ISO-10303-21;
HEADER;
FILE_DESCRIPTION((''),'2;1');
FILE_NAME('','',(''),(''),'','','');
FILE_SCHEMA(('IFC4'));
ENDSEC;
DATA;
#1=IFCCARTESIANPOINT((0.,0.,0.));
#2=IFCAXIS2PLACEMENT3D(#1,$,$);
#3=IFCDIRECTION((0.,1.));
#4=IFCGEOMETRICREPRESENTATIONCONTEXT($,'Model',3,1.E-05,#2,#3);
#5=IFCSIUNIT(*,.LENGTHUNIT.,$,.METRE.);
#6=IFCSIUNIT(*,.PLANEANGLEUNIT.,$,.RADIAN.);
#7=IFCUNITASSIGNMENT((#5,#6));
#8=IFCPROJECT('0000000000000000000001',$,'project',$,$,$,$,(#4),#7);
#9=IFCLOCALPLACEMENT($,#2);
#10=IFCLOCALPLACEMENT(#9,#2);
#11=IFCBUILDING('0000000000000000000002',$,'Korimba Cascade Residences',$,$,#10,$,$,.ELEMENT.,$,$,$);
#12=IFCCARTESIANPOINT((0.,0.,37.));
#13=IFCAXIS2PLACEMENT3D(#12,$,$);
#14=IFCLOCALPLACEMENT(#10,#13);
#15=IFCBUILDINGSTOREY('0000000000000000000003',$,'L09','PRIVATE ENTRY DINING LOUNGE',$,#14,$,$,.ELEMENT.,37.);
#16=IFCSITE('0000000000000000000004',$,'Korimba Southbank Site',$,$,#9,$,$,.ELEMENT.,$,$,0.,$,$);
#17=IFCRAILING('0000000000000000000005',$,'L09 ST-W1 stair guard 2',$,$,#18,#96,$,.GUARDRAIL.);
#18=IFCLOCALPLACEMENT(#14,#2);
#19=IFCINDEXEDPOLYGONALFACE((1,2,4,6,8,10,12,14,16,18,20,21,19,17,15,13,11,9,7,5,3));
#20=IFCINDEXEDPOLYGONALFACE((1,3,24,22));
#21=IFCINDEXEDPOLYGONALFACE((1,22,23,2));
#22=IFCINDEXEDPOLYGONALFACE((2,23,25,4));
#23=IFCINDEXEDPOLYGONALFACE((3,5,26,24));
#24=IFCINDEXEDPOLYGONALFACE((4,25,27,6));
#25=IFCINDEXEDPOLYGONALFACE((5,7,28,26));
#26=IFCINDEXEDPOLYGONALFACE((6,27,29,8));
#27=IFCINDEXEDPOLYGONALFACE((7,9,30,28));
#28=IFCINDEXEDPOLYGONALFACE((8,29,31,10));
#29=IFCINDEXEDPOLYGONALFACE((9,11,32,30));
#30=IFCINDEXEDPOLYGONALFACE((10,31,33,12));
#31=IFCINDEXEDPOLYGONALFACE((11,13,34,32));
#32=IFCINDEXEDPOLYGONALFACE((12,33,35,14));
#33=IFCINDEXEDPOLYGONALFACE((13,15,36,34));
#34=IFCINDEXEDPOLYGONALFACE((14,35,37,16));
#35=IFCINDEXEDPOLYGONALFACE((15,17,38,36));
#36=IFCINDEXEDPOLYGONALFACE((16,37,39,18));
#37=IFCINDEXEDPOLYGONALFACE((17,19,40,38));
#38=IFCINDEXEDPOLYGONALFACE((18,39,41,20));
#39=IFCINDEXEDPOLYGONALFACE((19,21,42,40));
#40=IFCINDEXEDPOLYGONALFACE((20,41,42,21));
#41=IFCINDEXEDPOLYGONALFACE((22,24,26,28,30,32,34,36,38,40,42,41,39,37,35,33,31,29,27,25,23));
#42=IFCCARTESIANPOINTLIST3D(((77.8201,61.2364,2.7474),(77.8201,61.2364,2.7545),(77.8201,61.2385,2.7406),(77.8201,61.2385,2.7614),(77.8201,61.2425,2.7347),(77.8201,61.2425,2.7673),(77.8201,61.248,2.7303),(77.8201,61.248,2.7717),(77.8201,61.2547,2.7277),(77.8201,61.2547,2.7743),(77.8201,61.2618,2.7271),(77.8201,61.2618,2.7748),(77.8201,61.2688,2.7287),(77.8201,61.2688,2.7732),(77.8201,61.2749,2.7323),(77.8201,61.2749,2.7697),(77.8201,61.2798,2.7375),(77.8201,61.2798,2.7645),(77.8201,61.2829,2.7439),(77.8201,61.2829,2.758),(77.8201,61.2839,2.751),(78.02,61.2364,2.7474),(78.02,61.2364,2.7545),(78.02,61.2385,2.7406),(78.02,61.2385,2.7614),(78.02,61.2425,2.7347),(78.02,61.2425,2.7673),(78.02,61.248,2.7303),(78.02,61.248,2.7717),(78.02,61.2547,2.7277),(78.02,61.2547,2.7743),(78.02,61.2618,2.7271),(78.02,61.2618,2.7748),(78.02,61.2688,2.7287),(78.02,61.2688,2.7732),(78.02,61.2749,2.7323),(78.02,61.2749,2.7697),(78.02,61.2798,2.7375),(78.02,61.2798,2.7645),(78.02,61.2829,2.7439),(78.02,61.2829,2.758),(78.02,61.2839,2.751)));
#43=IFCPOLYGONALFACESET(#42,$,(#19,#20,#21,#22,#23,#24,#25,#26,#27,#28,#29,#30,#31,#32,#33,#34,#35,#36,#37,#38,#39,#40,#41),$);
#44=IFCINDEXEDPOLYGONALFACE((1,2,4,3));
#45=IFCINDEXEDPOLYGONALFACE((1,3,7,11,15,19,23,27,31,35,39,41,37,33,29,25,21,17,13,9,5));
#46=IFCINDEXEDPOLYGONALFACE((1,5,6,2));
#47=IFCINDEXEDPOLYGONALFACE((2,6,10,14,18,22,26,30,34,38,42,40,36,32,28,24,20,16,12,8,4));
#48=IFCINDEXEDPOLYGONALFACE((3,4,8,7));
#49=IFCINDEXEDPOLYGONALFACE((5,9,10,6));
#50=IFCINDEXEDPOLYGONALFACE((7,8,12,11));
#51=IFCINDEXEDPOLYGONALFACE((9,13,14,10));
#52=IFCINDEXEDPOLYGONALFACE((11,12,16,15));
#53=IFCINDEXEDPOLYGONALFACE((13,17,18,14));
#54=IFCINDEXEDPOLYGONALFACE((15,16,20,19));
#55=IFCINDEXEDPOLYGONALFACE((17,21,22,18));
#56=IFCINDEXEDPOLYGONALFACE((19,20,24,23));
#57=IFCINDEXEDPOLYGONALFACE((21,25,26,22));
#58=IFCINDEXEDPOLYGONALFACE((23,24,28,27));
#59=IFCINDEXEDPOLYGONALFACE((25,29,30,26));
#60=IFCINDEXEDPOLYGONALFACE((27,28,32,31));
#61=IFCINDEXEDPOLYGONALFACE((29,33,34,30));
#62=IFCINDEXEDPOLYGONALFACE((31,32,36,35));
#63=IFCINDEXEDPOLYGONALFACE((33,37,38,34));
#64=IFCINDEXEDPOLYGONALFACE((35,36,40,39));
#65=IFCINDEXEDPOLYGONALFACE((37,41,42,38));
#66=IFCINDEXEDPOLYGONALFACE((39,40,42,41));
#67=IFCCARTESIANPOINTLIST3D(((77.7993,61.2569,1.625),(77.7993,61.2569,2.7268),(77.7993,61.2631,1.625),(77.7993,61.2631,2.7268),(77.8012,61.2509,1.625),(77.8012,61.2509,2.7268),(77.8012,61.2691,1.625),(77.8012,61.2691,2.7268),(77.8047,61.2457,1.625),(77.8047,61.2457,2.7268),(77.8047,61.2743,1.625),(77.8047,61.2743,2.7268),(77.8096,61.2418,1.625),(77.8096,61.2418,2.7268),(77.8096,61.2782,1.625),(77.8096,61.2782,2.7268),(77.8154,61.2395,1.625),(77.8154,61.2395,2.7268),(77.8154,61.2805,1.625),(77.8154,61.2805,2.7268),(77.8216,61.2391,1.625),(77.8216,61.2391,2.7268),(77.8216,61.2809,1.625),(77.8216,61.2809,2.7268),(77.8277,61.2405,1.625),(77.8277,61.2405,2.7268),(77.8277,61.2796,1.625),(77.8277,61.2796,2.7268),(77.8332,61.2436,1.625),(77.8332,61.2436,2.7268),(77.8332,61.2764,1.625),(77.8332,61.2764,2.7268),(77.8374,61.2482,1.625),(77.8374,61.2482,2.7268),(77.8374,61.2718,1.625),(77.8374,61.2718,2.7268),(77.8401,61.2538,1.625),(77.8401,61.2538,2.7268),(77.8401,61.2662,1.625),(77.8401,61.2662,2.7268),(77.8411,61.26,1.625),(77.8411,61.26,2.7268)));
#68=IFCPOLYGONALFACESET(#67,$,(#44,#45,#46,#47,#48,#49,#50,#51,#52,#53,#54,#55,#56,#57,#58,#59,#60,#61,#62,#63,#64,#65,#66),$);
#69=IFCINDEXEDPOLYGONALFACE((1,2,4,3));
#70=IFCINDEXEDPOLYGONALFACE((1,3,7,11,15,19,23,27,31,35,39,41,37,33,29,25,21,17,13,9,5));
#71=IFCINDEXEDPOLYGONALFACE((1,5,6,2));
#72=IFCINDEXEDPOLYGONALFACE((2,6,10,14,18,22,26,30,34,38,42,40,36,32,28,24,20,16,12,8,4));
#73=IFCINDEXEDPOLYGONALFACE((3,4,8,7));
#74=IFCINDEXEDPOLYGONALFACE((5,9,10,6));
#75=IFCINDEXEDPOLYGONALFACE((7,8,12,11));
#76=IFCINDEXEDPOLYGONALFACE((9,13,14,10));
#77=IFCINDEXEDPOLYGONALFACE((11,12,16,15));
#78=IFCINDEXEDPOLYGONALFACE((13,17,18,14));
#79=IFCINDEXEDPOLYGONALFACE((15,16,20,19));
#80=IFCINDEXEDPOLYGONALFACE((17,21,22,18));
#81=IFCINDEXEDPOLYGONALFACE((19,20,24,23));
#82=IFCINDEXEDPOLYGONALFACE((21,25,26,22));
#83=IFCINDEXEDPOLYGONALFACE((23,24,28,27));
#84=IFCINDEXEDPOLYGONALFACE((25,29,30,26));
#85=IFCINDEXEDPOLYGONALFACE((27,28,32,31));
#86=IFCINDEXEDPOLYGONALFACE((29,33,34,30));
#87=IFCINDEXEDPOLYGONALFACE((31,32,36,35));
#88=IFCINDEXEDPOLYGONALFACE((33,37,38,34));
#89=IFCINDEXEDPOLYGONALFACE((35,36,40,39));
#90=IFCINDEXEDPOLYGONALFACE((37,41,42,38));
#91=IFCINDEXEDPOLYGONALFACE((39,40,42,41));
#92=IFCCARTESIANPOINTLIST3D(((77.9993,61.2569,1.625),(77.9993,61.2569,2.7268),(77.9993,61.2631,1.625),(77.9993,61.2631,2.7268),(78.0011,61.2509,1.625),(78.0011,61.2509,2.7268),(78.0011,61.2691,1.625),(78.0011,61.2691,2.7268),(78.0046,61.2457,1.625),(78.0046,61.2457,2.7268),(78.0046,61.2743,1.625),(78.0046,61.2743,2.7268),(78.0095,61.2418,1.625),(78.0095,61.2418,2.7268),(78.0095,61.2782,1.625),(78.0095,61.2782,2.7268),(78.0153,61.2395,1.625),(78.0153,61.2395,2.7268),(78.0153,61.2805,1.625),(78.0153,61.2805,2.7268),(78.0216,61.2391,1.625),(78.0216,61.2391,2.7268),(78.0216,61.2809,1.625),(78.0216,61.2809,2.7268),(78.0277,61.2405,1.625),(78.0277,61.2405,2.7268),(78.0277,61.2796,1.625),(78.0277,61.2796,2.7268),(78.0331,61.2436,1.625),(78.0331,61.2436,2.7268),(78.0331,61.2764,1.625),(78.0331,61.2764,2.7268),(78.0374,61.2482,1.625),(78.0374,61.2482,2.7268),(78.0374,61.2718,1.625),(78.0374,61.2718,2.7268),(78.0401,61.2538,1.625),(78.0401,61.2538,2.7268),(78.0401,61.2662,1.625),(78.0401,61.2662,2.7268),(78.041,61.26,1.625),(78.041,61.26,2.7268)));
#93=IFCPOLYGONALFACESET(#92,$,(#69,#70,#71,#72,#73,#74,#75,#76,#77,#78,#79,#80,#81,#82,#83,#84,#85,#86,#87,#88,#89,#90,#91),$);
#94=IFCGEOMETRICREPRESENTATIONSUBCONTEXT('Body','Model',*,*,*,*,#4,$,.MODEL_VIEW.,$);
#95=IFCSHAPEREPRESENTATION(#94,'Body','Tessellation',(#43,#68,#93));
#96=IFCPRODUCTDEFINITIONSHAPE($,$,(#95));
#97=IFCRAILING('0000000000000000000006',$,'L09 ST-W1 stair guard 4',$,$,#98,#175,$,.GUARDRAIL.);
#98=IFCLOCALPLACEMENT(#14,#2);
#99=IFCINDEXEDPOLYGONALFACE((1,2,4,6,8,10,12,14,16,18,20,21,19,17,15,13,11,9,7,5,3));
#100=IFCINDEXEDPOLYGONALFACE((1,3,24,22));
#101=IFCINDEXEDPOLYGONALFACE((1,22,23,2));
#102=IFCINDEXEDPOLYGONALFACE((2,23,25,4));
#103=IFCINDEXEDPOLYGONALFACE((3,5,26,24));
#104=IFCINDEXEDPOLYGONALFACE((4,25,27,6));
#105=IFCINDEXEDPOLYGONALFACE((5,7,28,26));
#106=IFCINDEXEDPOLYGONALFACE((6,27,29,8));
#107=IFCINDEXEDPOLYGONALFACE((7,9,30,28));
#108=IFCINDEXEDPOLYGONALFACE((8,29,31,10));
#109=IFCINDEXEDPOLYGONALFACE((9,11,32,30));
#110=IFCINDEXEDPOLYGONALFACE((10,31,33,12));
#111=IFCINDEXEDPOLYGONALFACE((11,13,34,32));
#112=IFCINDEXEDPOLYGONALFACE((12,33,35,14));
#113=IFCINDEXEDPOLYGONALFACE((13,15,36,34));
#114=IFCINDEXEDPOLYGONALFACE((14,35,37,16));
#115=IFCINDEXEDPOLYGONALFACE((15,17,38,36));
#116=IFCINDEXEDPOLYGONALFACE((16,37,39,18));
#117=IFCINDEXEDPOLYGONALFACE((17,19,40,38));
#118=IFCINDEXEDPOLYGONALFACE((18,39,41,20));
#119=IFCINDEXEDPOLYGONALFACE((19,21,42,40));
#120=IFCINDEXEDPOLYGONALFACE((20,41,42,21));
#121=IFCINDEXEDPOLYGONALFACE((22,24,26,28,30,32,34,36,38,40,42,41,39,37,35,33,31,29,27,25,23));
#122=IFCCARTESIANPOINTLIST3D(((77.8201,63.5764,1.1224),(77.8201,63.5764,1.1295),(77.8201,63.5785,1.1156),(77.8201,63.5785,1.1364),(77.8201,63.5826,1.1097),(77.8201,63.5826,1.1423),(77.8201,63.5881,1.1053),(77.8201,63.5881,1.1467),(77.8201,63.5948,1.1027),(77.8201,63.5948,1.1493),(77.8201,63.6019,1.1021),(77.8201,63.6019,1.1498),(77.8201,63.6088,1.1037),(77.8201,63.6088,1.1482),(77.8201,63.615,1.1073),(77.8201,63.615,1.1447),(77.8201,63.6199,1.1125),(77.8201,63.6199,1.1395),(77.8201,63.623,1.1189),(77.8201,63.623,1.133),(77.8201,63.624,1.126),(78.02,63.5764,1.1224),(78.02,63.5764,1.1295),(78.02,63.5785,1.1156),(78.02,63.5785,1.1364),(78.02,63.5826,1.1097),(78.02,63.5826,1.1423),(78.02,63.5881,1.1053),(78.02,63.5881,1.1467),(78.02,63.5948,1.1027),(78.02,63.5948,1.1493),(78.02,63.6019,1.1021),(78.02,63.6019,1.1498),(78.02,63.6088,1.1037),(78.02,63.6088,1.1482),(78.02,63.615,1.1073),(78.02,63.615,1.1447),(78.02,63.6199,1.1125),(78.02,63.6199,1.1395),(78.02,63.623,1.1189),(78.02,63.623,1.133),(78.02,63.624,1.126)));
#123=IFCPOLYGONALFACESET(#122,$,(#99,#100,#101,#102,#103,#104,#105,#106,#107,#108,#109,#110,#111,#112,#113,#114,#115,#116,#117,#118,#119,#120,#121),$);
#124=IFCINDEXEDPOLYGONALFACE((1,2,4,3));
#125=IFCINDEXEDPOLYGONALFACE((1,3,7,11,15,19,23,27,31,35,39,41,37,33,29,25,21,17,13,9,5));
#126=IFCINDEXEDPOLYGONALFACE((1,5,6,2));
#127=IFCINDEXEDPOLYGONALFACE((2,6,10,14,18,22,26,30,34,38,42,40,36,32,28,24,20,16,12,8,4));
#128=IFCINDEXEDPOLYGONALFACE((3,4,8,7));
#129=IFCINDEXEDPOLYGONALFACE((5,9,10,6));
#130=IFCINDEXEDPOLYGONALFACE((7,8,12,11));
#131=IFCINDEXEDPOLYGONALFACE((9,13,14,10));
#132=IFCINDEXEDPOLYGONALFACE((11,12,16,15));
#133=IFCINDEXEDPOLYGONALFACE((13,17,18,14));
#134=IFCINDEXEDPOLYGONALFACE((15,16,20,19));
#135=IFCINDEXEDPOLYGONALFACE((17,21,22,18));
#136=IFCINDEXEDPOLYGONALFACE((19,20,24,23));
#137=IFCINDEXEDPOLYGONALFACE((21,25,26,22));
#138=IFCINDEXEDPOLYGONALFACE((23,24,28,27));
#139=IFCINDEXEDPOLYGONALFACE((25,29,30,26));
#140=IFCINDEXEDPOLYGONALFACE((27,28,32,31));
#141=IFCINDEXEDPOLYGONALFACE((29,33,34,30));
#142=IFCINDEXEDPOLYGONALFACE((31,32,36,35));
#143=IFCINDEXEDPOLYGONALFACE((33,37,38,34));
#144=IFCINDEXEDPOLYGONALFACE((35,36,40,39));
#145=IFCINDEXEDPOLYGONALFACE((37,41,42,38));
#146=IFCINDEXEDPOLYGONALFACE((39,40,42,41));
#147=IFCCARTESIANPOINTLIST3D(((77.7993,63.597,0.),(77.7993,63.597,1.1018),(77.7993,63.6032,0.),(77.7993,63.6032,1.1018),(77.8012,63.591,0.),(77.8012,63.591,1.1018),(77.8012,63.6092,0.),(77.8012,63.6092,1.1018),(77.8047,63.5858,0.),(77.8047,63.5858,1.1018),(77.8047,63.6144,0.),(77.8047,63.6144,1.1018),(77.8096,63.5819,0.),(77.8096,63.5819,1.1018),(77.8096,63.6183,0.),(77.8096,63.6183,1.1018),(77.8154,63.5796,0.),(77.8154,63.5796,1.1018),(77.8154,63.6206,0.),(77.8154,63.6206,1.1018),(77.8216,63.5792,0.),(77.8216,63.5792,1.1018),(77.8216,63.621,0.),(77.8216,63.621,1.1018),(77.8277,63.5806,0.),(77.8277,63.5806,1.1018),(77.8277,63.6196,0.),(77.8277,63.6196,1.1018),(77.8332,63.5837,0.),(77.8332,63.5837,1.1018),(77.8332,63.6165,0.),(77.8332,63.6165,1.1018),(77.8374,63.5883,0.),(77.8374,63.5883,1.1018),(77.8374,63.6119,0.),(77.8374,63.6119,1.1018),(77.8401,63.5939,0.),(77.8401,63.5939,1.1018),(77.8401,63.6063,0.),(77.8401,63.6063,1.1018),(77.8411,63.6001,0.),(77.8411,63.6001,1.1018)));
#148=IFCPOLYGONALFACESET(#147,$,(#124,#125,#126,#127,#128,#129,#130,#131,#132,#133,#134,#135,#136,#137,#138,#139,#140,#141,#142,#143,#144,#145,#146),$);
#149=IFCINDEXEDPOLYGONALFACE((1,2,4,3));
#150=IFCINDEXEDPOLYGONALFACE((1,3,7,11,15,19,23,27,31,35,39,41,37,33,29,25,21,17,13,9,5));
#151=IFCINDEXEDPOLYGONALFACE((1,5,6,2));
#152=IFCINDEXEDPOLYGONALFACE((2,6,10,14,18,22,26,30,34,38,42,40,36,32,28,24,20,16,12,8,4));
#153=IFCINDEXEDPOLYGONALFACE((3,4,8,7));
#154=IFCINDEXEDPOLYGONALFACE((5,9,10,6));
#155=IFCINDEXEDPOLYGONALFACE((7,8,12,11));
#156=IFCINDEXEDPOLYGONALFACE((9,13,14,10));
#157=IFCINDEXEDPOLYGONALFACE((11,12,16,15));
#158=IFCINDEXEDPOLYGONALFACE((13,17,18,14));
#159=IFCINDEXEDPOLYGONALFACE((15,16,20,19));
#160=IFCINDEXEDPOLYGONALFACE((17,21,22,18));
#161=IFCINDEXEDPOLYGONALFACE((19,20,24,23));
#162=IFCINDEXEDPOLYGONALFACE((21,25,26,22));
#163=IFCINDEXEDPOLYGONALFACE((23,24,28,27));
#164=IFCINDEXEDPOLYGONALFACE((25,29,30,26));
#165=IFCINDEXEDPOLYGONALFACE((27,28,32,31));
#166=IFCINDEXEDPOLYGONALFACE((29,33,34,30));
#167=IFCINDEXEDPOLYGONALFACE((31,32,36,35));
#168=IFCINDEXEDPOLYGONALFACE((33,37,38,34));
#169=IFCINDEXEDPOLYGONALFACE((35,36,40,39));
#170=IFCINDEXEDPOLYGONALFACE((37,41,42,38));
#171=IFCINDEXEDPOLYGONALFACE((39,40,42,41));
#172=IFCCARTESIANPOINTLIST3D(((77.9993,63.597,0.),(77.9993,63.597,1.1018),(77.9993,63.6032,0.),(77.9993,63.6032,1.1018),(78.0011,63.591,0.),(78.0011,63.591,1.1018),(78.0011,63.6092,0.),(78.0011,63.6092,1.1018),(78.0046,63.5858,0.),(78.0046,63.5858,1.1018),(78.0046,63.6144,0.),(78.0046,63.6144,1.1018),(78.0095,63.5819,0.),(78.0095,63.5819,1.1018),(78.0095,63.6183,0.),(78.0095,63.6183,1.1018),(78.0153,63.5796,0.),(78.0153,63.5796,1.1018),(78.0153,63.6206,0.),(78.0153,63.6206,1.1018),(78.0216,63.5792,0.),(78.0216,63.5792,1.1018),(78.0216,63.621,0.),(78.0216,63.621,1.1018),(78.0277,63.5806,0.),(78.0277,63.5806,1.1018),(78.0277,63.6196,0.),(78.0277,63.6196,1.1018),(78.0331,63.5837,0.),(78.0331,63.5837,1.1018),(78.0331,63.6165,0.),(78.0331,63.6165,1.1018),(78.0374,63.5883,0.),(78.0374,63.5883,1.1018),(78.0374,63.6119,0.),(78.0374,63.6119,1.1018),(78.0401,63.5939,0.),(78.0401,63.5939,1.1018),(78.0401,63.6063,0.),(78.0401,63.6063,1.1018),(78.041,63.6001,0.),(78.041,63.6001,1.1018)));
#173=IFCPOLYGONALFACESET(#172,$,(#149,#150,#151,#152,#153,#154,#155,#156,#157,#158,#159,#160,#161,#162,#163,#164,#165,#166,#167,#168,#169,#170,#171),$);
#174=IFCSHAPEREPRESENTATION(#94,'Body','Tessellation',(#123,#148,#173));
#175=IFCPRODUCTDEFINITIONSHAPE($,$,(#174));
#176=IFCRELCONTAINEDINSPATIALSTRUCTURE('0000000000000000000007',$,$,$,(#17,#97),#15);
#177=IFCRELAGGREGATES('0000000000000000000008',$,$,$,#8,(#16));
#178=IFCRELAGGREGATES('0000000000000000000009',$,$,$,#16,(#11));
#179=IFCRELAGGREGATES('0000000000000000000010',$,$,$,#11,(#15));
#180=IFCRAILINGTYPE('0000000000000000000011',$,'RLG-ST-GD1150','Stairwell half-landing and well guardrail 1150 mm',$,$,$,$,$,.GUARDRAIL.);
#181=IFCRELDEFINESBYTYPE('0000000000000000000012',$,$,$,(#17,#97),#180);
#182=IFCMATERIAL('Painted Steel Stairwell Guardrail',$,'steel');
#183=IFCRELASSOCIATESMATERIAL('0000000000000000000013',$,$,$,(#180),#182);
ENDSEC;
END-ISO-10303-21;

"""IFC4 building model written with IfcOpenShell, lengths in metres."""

from ifc_helpers import new_model, si_unit, direction, frame, origin, origin_2d, place, context, subcontext, project, spatial, circle, extrude, material, type_object, element, save


model = new_model("IFC4")

# Units and contexts
model_context = context("Model", 3, precision=1e-05, world=origin(), true_north=direction((0.0, 1.0)))
body_context = subcontext(model_context, "Body", "Model", "MODEL_VIEW")
ifc_project = project(units=[si_unit("LENGTHUNIT", "METRE"), si_unit("PLANEANGLEUNIT", "RADIAN")], contexts=[model_context])

# Site, building, storey
site_placement = place(None, origin())
site = spatial("IfcSite", under=ifc_project, at=site_placement, Name="Korimba Southbank Site", CompositionType="ELEMENT", RefElevation=0.0)
building_placement = place(site_placement, origin())
building = spatial("IfcBuilding", under=site, at=building_placement, Name="Korimba Cascade Residences", CompositionType="ELEMENT")
storey_placement = place(building_placement, frame((0.0, 0.0, 37.0)))
storey = spatial("IfcBuildingStorey", under=building, at=storey_placement, Name="L09", Description="PRIVATE ENTRY DINING LOUNGE", CompositionType="ELEMENT", Elevation=37.0)

# Railings
ifc_material_1 = material(Name="Painted Steel Stairwell Guardrail", Category="steel")
railing_type_1 = type_object("IfcRailingType", Name="RLG-ST-GD1150", Description="Stairwell half-landing and well guardrail 1150 mm", PredefinedType="GUARDRAIL", material=ifc_material_1)
for number, where, name in (
    (1, (77.8201, 61.26, 1.625), "L09 ST-W1 stair guard 2"),
    (2, (77.8201, 63.6001, 0.0), "L09 ST-W1 stair guard 4"),
):
    element("IfcRailing", number, at=place(storey_placement, frame(where)), inside=storey, type_object=railing_type_1, Name=name, PredefinedType="GUARDRAIL", context=body_context, shape_type="SweptSolid", body=[
        extrude(circle(Radius=0.0239, at=origin_2d()), frame((0.0, 0.0, 1.126), z_axis=(1.0, 0.0, 0.0), x_axis=(0.0, 1.0, 0.0)), (0.0, 0.0, 1.0), 0.2),
        extrude(circle(Radius=0.021, at=origin_2d()), origin(), (0.0, 0.0, 1.0), 1.1018),
        extrude(circle(Radius=0.021, at=origin_2d()), frame((0.2, 0.0, 0.0)), (0.0, 0.0, 1.0), 1.1018),
    ])

save(model, "model.ifc")
